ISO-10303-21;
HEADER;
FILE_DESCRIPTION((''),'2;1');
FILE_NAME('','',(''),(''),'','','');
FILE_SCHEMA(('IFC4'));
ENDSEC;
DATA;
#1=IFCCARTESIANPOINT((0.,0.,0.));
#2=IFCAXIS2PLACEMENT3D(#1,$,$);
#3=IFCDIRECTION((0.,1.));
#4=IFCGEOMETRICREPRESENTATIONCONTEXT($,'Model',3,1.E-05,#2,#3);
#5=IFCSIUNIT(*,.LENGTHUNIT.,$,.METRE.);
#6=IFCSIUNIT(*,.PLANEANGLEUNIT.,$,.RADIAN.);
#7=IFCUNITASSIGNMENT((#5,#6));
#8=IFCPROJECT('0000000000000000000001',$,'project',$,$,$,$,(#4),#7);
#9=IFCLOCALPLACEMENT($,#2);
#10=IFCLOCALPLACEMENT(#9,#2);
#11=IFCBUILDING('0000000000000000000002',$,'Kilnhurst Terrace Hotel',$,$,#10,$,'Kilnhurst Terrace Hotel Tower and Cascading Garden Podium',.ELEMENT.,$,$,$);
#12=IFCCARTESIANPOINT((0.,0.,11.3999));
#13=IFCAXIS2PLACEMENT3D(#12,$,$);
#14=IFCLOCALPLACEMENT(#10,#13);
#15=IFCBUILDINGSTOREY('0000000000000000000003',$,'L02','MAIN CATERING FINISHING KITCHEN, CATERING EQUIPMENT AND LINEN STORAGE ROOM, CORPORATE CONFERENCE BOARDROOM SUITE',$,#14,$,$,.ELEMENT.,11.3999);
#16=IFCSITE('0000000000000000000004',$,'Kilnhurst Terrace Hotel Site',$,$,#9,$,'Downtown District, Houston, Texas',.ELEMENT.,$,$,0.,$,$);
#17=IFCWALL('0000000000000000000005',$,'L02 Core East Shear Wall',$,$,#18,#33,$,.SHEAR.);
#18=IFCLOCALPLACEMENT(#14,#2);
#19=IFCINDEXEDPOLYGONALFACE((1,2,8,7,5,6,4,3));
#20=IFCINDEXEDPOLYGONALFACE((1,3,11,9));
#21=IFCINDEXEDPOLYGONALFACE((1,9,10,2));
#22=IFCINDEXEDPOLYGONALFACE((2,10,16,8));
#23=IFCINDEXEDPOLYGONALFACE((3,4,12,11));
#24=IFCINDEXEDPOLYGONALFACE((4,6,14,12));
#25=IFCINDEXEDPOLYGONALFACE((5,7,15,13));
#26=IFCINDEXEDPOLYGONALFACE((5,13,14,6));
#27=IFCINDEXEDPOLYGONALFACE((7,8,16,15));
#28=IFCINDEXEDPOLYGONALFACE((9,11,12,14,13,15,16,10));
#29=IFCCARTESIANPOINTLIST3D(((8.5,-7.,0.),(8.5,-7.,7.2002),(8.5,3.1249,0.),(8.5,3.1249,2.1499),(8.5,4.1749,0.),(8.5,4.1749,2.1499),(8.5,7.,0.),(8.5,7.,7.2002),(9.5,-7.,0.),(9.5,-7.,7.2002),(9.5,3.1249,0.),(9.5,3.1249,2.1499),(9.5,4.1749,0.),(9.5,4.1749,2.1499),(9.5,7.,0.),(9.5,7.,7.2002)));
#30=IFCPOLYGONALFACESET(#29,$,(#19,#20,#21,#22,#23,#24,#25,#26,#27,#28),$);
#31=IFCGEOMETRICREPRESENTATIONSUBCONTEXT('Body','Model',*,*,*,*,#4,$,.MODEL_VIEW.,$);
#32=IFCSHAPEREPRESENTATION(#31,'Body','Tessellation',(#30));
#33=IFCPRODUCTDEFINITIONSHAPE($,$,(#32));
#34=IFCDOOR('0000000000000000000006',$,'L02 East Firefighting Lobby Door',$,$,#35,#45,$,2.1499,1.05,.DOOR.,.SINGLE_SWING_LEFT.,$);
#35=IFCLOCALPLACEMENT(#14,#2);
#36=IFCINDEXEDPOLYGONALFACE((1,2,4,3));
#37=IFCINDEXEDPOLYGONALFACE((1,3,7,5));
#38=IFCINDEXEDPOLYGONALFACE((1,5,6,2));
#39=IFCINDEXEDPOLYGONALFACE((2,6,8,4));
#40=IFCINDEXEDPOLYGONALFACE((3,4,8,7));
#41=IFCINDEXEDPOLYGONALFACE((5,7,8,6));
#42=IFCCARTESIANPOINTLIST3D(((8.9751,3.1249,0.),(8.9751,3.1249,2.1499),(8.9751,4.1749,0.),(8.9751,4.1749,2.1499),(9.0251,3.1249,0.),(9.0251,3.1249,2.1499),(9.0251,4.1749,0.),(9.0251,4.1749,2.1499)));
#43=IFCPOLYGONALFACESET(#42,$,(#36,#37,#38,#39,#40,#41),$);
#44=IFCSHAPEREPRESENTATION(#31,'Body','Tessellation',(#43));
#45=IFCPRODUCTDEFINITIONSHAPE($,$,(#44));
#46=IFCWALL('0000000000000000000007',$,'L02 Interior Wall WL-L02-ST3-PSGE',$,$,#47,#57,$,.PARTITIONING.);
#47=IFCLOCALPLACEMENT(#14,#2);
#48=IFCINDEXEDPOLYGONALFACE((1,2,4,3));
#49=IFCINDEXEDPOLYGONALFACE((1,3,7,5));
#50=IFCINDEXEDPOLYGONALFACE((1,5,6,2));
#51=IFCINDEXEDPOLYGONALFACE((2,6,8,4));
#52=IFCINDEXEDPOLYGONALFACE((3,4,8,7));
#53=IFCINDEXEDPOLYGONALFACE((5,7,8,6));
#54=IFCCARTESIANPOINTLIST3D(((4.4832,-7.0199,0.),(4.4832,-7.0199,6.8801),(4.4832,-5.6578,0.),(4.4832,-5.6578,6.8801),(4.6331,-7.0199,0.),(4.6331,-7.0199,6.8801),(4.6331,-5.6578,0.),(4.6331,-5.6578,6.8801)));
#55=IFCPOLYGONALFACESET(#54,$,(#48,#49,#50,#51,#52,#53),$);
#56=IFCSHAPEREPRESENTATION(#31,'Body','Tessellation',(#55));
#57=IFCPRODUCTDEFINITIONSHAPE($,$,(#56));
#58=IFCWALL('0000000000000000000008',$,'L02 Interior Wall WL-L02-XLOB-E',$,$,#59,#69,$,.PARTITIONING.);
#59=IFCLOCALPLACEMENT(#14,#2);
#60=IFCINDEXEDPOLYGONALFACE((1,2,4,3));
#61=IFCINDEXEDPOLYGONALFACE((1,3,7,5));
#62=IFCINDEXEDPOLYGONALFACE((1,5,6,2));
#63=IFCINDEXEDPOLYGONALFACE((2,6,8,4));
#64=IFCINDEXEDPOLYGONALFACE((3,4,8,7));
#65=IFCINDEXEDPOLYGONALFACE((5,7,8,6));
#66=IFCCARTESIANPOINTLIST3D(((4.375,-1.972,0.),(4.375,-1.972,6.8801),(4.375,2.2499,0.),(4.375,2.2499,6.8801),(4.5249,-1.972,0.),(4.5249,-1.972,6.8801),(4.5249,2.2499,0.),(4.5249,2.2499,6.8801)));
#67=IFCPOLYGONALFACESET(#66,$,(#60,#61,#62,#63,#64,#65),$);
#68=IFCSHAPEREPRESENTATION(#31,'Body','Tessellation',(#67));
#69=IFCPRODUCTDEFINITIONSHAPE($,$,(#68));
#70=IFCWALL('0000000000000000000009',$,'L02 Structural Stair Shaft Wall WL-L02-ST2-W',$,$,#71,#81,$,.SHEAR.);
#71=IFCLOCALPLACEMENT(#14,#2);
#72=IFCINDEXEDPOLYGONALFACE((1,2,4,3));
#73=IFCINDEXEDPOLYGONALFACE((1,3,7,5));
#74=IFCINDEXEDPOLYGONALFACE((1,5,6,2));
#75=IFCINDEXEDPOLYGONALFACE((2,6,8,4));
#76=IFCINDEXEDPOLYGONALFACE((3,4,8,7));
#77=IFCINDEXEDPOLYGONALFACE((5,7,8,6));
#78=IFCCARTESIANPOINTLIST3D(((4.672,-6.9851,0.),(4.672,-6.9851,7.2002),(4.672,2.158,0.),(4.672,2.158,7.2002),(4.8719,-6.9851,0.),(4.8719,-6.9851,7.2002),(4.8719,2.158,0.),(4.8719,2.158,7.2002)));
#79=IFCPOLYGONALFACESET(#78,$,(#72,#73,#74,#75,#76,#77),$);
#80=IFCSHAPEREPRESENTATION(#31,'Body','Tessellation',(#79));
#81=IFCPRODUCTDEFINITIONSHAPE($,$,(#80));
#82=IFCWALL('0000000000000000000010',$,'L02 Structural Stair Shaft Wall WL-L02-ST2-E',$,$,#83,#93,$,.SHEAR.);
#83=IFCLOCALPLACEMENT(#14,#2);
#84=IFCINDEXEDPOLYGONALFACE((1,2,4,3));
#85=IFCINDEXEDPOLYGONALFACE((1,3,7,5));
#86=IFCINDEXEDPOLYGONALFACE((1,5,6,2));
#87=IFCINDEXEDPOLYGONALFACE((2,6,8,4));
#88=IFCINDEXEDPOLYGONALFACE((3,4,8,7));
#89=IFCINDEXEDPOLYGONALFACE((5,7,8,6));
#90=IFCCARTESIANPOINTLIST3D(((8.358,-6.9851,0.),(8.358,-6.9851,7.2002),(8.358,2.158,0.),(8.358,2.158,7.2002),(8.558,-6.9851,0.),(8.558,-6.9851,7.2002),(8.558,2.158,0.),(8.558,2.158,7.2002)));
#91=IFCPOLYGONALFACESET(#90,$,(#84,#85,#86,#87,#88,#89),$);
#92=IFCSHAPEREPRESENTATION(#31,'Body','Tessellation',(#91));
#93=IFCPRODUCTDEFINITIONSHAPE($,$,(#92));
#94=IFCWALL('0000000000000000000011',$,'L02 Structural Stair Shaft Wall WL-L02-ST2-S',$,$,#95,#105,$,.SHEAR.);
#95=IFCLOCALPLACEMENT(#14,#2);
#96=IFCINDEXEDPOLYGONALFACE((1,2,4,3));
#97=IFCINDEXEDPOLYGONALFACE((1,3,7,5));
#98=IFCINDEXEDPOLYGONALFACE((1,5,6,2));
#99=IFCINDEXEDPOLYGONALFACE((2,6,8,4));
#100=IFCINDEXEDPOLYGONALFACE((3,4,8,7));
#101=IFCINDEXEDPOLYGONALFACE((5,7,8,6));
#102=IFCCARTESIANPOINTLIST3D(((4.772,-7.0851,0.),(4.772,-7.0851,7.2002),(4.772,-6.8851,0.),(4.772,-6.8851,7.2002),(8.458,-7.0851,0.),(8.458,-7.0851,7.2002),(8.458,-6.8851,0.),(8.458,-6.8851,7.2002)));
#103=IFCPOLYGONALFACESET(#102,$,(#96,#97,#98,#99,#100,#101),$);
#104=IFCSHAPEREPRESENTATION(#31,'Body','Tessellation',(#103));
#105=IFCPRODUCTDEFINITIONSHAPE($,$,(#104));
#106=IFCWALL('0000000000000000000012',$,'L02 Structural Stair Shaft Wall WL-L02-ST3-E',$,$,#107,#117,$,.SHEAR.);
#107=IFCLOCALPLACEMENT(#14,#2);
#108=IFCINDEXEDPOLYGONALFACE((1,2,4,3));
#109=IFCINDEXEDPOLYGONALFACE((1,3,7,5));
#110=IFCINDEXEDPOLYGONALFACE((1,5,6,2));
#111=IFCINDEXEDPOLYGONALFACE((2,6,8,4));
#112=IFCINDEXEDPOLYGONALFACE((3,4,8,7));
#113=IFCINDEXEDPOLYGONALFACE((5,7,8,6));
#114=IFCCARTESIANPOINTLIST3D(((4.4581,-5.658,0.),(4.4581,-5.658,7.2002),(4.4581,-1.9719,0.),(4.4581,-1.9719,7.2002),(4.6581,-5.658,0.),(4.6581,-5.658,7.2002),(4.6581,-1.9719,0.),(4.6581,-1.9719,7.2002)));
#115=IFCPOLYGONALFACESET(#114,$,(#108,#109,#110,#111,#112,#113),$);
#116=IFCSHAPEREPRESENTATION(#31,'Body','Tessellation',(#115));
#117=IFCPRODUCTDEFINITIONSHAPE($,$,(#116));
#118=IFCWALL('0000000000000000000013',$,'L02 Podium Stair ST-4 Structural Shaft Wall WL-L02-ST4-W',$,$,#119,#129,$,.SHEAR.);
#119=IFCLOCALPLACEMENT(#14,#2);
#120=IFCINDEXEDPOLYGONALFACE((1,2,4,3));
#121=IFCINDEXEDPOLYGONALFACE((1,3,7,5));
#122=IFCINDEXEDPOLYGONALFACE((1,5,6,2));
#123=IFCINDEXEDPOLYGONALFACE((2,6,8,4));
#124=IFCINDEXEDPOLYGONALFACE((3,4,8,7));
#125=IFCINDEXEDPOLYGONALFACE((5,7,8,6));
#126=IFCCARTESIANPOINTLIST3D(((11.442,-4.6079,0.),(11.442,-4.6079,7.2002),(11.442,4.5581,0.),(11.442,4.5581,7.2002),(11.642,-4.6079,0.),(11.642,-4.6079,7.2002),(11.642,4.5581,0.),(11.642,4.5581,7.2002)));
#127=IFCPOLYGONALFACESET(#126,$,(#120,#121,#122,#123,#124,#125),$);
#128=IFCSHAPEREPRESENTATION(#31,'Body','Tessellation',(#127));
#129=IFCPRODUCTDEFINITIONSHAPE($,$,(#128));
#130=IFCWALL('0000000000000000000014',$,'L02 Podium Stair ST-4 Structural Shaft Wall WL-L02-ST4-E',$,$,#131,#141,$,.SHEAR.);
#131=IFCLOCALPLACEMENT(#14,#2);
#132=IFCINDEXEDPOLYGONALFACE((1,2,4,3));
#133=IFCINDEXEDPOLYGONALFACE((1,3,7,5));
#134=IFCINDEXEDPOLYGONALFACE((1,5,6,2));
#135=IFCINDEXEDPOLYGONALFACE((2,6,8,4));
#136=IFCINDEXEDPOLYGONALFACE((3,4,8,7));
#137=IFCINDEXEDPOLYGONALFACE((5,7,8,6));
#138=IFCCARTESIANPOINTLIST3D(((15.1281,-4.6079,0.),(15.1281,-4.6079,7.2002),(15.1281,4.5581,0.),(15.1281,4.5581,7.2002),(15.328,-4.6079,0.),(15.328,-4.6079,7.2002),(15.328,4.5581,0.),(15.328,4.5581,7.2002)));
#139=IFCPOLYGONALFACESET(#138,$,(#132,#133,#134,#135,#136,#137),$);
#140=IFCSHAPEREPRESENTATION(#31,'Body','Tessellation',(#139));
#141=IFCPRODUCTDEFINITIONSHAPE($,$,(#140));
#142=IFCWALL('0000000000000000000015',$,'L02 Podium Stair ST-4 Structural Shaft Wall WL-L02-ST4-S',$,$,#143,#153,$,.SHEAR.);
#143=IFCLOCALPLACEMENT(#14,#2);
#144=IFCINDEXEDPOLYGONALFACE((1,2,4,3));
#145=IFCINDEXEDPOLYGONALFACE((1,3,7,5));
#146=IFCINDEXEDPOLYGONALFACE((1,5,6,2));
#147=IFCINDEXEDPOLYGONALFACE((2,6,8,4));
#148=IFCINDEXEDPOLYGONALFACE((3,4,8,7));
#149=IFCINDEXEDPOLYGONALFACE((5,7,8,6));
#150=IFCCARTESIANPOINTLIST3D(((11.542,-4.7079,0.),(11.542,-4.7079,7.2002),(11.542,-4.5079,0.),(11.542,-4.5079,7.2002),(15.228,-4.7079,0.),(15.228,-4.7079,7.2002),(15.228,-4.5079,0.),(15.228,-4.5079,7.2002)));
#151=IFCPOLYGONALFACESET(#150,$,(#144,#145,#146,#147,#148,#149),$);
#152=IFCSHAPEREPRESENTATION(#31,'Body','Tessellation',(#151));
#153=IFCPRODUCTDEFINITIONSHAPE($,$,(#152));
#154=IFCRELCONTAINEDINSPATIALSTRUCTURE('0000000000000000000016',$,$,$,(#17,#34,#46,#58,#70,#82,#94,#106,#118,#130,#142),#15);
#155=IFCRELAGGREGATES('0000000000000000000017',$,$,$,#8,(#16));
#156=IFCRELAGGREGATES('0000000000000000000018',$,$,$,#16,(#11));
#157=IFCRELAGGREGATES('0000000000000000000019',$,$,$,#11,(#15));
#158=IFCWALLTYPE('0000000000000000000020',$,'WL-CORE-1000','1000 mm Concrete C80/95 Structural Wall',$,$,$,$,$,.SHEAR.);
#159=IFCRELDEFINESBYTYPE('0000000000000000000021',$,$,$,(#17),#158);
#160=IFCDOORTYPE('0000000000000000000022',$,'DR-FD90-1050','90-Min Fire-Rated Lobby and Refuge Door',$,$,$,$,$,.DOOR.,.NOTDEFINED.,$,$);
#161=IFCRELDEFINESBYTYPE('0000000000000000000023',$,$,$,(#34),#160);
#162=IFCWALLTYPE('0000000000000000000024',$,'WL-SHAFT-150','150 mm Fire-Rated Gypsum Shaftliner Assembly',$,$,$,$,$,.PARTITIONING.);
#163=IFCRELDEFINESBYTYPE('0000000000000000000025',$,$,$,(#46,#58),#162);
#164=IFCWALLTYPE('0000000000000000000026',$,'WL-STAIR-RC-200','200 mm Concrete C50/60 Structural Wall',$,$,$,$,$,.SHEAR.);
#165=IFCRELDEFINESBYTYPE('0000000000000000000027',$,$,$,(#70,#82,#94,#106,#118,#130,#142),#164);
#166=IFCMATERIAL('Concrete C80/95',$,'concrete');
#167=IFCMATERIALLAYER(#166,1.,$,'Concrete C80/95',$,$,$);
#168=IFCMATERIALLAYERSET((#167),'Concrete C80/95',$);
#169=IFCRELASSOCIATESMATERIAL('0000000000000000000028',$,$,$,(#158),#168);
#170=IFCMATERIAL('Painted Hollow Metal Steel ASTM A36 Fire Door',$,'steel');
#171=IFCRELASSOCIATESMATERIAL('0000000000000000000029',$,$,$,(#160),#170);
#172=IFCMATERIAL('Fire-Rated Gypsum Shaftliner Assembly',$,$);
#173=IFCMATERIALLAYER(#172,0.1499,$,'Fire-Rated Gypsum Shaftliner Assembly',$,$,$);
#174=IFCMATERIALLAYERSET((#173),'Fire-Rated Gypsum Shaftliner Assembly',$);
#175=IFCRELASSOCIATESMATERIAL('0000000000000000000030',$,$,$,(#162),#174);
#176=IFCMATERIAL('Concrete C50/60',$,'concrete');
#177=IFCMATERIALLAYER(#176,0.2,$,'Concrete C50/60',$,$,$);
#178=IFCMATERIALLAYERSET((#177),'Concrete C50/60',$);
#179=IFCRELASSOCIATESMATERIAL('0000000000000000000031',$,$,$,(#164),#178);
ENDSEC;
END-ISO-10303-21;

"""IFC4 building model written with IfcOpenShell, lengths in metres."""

from ifc_helpers import new_model, si_unit, direction, frame, frame_2d, origin, place, context, subcontext, project, spatial, rectangle, extrude, material, layer, layer_set, type_object, element, fill, save


model = new_model("IFC4")

# Units and contexts
model_context = context("Model", 3, precision=1e-05, world=origin(), true_north=direction((0.0, 1.0)))
body_context = subcontext(model_context, "Body", "Model", "MODEL_VIEW")
ifc_project = project(units=[si_unit("LENGTHUNIT", "METRE"), si_unit("PLANEANGLEUNIT", "RADIAN")], contexts=[model_context])

# Site, building, storey
site_placement = place(None, origin())
site = spatial("IfcSite", under=ifc_project, at=site_placement, Name="Kilnhurst Terrace Hotel Site", LongName="Downtown District, Houston, Texas", CompositionType="ELEMENT", RefElevation=0.0)
building_placement = place(site_placement, origin())
building = spatial("IfcBuilding", under=site, at=building_placement, Name="Kilnhurst Terrace Hotel", LongName="Kilnhurst Terrace Hotel Tower and Cascading Garden Podium", CompositionType="ELEMENT")
storey_placement = place(building_placement, frame((0.0, 0.0, 11.3999)))
storey = spatial("IfcBuildingStorey", under=building, at=storey_placement, Name="L02", Description="MAIN CATERING FINISHING KITCHEN, CATERING EQUIPMENT AND LINEN STORAGE ROOM, CORPORATE CONFERENCE BOARDROOM SUITE", CompositionType="ELEMENT", Elevation=11.3999)

# Wall, opening, door
ifc_material_1 = material(Name="Concrete C80/95", Category="concrete")
ifc_layer_1 = layer(ifc_material_1, 1.0, Name="Concrete C80/95")
ifc_layer_set_1 = layer_set([ifc_layer_1], Name="Concrete C80/95")
wall_type_1 = type_object("IfcWallType", Name="WL-CORE-1000", Description="1000 mm Concrete C80/95 Structural Wall", PredefinedType="SHEAR", material=ifc_layer_set_1)
wall_1_placement = place(storey_placement, frame((9.0, -7.0, 0.0), z_axis=(0.0, 0.0, 1.0), x_axis=(0.0, 1.0, 0.0)))
wall_1 = element("IfcWall", 1, at=wall_1_placement, inside=storey, type_object=wall_type_1, Name="L02 Core East Shear Wall", PredefinedType="SHEAR", context=body_context, shape_type="SweptSolid", body=[
    extrude(rectangle(XDim=14.0, YDim=1.0, at=frame_2d((7.0, 0.0))), origin(), (0.0, 0.0, 1.0), 7.2002),
])
opening_placement = place(wall_1_placement, frame((10.125, 0.0, 0.0)))
opening = element("IfcOpeningElement", 2, at=opening_placement, cuts=wall_1, PredefinedType="OPENING", context=body_context, shape_type="SweptSolid", body=[
    extrude(rectangle(XDim=1.05, YDim=2.1499, at=frame_2d((0.5249, 1.075))), frame((0.0, 0.51, 0.0), z_axis=(0.0, -1.0, 0.0), x_axis=(1.0, 0.0, 0.0)), (0.0, 0.0, 1.0), 1.02),
])
ifc_material_2 = material(Name="Painted Hollow Metal Steel ASTM A36 Fire Door", Category="steel")
door_type = type_object("IfcDoorType", Name="DR-FD90-1050", Description="90-Min Fire-Rated Lobby and Refuge Door", OperationType="NOTDEFINED", PredefinedType="DOOR", material=ifc_material_2)
door_placement = place(opening_placement, origin())
door = element("IfcDoor", 3, at=door_placement, inside=storey, type_object=door_type, Name="L02 East Firefighting Lobby Door", OperationType="SINGLE_SWING_LEFT", OverallHeight=2.1499, OverallWidth=1.05, PredefinedType="DOOR", context=body_context, shape_type="SweptSolid", body=[
    extrude(rectangle(XDim=1.05, YDim=2.1499, at=frame_2d((0.5249, 1.075))), frame((0.0, 0.0249, 0.0), z_axis=(0.0, -1.0, 0.0), x_axis=(1.0, 0.0, 0.0)), (0.0, 0.0, 1.0), 0.05),
])
fill(opening, door)

# Walls
ifc_material_3 = material(Name="Fire-Rated Gypsum Shaftliner Assembly")
ifc_layer_2 = layer(ifc_material_3, 0.1499, Name="Fire-Rated Gypsum Shaftliner Assembly")
ifc_layer_set_2 = layer_set([ifc_layer_2], Name="Fire-Rated Gypsum Shaftliner Assembly")
wall_type_2 = type_object("IfcWallType", Name="WL-SHAFT-150", Description="150 mm Fire-Rated Gypsum Shaftliner Assembly", PredefinedType="PARTITIONING", material=ifc_layer_set_2)
wall_2_placement = place(storey_placement, frame((4.5581, -7.02, 0.0), z_axis=(0.0, 0.0, 1.0), x_axis=(0.0, 1.0, 0.0)))
element("IfcWall", 4, at=wall_2_placement, inside=storey, type_object=wall_type_2, Name="L02 Interior Wall WL-L02-ST3-PSGE", PredefinedType="PARTITIONING", context=body_context, shape_type="SweptSolid", body=[
    extrude(rectangle(XDim=1.3621, YDim=0.1499, at=frame_2d((0.6812, 0.0))), origin(), (0.0, 0.0, 1.0), 6.8801),
])
wall_3_placement = place(storey_placement, frame((4.45, -1.9719, 0.0), z_axis=(0.0, 0.0, 1.0), x_axis=(0.0, 1.0, 0.0)))
element("IfcWall", 5, at=wall_3_placement, inside=storey, type_object=wall_type_2, Name="L02 Interior Wall WL-L02-XLOB-E", PredefinedType="PARTITIONING", context=body_context, shape_type="SweptSolid", body=[
    extrude(rectangle(XDim=4.2219, YDim=0.1499, at=frame_2d((2.1108, 0.0))), origin(), (0.0, 0.0, 1.0), 6.8801),
])
ifc_material_4 = material(Name="Concrete C50/60", Category="concrete")
ifc_layer_3 = layer(ifc_material_4, 0.2, Name="Concrete C50/60")
ifc_layer_set_3 = layer_set([ifc_layer_3], Name="Concrete C50/60")
wall_type_3 = type_object("IfcWallType", Name="WL-STAIR-RC-200", Description="200 mm Concrete C50/60 Structural Wall", PredefinedType="SHEAR", material=ifc_layer_set_3)
for number, where, z_axis, x_axis, name in (
    (6, (4.772, -6.9851, 0.0), (0.0, 0.0, 1.0), (0.0, 1.0, 0.0), "L02 Structural Stair Shaft Wall WL-L02-ST2-W"),
    (7, (8.458, -6.9851, 0.0), (0.0, 0.0, 1.0), (0.0, 1.0, 0.0), "L02 Structural Stair Shaft Wall WL-L02-ST2-E"),
):
    element("IfcWall", number, at=place(storey_placement, frame(where, z_axis=z_axis, x_axis=x_axis)), inside=storey, type_object=wall_type_3, Name=name, PredefinedType="SHEAR", context=body_context, shape_type="SweptSolid", body=[
        extrude(rectangle(XDim=9.1431, YDim=0.2, at=frame_2d((4.5715, 0.0))), origin(), (0.0, 0.0, 1.0), 7.2002),
    ])
for number, where, z_axis, x_axis, name in (
    (8, (4.772, -6.9851, 0.0), (0.0, 0.0, 1.0), (1.0, 0.0, 0.0), "L02 Structural Stair Shaft Wall WL-L02-ST2-S"),
    (9, (4.5581, -5.658, 0.0), (0.0, 0.0, 1.0), (0.0, 1.0, 0.0), "L02 Structural Stair Shaft Wall WL-L02-ST3-E"),
):
    element("IfcWall", number, at=place(storey_placement, frame(where, z_axis=z_axis, x_axis=x_axis)), inside=storey, type_object=wall_type_3, Name=name, PredefinedType="SHEAR", context=body_context, shape_type="SweptSolid", body=[
        extrude(rectangle(XDim=3.686, YDim=0.2, at=frame_2d((1.843, 0.0))), origin(), (0.0, 0.0, 1.0), 7.2002),
    ])
for number, where, z_axis, x_axis, name in (
    (10, (11.542, -4.6079, 0.0), (0.0, 0.0, 1.0), (0.0, 1.0, 0.0), "L02 Podium Stair ST-4 Structural Shaft Wall WL-L02-ST4-W"),
    (11, (15.228, -4.6079, 0.0), (0.0, 0.0, 1.0), (0.0, 1.0, 0.0), "L02 Podium Stair ST-4 Structural Shaft Wall WL-L02-ST4-E"),
):
    element("IfcWall", number, at=place(storey_placement, frame(where, z_axis=z_axis, x_axis=x_axis)), inside=storey, type_object=wall_type_3, Name=name, PredefinedType="SHEAR", context=body_context, shape_type="SweptSolid", body=[
        extrude(rectangle(XDim=9.166, YDim=0.2, at=frame_2d((4.583, 0.0))), origin(), (0.0, 0.0, 1.0), 7.2002),
    ])
wall_4_placement = place(storey_placement, frame((11.542, -4.6079, 0.0), z_axis=(0.0, 0.0, 1.0), x_axis=(1.0, 0.0, 0.0)))
element("IfcWall", 12, at=wall_4_placement, inside=storey, type_object=wall_type_3, Name="L02 Podium Stair ST-4 Structural Shaft Wall WL-L02-ST4-S", PredefinedType="SHEAR", context=body_context, shape_type="SweptSolid", body=[
    extrude(rectangle(XDim=3.686, YDim=0.2, at=frame_2d((1.843, 0.0))), origin(), (0.0, 0.0, 1.0), 7.2002),
])

save(model, "model.ifc")
